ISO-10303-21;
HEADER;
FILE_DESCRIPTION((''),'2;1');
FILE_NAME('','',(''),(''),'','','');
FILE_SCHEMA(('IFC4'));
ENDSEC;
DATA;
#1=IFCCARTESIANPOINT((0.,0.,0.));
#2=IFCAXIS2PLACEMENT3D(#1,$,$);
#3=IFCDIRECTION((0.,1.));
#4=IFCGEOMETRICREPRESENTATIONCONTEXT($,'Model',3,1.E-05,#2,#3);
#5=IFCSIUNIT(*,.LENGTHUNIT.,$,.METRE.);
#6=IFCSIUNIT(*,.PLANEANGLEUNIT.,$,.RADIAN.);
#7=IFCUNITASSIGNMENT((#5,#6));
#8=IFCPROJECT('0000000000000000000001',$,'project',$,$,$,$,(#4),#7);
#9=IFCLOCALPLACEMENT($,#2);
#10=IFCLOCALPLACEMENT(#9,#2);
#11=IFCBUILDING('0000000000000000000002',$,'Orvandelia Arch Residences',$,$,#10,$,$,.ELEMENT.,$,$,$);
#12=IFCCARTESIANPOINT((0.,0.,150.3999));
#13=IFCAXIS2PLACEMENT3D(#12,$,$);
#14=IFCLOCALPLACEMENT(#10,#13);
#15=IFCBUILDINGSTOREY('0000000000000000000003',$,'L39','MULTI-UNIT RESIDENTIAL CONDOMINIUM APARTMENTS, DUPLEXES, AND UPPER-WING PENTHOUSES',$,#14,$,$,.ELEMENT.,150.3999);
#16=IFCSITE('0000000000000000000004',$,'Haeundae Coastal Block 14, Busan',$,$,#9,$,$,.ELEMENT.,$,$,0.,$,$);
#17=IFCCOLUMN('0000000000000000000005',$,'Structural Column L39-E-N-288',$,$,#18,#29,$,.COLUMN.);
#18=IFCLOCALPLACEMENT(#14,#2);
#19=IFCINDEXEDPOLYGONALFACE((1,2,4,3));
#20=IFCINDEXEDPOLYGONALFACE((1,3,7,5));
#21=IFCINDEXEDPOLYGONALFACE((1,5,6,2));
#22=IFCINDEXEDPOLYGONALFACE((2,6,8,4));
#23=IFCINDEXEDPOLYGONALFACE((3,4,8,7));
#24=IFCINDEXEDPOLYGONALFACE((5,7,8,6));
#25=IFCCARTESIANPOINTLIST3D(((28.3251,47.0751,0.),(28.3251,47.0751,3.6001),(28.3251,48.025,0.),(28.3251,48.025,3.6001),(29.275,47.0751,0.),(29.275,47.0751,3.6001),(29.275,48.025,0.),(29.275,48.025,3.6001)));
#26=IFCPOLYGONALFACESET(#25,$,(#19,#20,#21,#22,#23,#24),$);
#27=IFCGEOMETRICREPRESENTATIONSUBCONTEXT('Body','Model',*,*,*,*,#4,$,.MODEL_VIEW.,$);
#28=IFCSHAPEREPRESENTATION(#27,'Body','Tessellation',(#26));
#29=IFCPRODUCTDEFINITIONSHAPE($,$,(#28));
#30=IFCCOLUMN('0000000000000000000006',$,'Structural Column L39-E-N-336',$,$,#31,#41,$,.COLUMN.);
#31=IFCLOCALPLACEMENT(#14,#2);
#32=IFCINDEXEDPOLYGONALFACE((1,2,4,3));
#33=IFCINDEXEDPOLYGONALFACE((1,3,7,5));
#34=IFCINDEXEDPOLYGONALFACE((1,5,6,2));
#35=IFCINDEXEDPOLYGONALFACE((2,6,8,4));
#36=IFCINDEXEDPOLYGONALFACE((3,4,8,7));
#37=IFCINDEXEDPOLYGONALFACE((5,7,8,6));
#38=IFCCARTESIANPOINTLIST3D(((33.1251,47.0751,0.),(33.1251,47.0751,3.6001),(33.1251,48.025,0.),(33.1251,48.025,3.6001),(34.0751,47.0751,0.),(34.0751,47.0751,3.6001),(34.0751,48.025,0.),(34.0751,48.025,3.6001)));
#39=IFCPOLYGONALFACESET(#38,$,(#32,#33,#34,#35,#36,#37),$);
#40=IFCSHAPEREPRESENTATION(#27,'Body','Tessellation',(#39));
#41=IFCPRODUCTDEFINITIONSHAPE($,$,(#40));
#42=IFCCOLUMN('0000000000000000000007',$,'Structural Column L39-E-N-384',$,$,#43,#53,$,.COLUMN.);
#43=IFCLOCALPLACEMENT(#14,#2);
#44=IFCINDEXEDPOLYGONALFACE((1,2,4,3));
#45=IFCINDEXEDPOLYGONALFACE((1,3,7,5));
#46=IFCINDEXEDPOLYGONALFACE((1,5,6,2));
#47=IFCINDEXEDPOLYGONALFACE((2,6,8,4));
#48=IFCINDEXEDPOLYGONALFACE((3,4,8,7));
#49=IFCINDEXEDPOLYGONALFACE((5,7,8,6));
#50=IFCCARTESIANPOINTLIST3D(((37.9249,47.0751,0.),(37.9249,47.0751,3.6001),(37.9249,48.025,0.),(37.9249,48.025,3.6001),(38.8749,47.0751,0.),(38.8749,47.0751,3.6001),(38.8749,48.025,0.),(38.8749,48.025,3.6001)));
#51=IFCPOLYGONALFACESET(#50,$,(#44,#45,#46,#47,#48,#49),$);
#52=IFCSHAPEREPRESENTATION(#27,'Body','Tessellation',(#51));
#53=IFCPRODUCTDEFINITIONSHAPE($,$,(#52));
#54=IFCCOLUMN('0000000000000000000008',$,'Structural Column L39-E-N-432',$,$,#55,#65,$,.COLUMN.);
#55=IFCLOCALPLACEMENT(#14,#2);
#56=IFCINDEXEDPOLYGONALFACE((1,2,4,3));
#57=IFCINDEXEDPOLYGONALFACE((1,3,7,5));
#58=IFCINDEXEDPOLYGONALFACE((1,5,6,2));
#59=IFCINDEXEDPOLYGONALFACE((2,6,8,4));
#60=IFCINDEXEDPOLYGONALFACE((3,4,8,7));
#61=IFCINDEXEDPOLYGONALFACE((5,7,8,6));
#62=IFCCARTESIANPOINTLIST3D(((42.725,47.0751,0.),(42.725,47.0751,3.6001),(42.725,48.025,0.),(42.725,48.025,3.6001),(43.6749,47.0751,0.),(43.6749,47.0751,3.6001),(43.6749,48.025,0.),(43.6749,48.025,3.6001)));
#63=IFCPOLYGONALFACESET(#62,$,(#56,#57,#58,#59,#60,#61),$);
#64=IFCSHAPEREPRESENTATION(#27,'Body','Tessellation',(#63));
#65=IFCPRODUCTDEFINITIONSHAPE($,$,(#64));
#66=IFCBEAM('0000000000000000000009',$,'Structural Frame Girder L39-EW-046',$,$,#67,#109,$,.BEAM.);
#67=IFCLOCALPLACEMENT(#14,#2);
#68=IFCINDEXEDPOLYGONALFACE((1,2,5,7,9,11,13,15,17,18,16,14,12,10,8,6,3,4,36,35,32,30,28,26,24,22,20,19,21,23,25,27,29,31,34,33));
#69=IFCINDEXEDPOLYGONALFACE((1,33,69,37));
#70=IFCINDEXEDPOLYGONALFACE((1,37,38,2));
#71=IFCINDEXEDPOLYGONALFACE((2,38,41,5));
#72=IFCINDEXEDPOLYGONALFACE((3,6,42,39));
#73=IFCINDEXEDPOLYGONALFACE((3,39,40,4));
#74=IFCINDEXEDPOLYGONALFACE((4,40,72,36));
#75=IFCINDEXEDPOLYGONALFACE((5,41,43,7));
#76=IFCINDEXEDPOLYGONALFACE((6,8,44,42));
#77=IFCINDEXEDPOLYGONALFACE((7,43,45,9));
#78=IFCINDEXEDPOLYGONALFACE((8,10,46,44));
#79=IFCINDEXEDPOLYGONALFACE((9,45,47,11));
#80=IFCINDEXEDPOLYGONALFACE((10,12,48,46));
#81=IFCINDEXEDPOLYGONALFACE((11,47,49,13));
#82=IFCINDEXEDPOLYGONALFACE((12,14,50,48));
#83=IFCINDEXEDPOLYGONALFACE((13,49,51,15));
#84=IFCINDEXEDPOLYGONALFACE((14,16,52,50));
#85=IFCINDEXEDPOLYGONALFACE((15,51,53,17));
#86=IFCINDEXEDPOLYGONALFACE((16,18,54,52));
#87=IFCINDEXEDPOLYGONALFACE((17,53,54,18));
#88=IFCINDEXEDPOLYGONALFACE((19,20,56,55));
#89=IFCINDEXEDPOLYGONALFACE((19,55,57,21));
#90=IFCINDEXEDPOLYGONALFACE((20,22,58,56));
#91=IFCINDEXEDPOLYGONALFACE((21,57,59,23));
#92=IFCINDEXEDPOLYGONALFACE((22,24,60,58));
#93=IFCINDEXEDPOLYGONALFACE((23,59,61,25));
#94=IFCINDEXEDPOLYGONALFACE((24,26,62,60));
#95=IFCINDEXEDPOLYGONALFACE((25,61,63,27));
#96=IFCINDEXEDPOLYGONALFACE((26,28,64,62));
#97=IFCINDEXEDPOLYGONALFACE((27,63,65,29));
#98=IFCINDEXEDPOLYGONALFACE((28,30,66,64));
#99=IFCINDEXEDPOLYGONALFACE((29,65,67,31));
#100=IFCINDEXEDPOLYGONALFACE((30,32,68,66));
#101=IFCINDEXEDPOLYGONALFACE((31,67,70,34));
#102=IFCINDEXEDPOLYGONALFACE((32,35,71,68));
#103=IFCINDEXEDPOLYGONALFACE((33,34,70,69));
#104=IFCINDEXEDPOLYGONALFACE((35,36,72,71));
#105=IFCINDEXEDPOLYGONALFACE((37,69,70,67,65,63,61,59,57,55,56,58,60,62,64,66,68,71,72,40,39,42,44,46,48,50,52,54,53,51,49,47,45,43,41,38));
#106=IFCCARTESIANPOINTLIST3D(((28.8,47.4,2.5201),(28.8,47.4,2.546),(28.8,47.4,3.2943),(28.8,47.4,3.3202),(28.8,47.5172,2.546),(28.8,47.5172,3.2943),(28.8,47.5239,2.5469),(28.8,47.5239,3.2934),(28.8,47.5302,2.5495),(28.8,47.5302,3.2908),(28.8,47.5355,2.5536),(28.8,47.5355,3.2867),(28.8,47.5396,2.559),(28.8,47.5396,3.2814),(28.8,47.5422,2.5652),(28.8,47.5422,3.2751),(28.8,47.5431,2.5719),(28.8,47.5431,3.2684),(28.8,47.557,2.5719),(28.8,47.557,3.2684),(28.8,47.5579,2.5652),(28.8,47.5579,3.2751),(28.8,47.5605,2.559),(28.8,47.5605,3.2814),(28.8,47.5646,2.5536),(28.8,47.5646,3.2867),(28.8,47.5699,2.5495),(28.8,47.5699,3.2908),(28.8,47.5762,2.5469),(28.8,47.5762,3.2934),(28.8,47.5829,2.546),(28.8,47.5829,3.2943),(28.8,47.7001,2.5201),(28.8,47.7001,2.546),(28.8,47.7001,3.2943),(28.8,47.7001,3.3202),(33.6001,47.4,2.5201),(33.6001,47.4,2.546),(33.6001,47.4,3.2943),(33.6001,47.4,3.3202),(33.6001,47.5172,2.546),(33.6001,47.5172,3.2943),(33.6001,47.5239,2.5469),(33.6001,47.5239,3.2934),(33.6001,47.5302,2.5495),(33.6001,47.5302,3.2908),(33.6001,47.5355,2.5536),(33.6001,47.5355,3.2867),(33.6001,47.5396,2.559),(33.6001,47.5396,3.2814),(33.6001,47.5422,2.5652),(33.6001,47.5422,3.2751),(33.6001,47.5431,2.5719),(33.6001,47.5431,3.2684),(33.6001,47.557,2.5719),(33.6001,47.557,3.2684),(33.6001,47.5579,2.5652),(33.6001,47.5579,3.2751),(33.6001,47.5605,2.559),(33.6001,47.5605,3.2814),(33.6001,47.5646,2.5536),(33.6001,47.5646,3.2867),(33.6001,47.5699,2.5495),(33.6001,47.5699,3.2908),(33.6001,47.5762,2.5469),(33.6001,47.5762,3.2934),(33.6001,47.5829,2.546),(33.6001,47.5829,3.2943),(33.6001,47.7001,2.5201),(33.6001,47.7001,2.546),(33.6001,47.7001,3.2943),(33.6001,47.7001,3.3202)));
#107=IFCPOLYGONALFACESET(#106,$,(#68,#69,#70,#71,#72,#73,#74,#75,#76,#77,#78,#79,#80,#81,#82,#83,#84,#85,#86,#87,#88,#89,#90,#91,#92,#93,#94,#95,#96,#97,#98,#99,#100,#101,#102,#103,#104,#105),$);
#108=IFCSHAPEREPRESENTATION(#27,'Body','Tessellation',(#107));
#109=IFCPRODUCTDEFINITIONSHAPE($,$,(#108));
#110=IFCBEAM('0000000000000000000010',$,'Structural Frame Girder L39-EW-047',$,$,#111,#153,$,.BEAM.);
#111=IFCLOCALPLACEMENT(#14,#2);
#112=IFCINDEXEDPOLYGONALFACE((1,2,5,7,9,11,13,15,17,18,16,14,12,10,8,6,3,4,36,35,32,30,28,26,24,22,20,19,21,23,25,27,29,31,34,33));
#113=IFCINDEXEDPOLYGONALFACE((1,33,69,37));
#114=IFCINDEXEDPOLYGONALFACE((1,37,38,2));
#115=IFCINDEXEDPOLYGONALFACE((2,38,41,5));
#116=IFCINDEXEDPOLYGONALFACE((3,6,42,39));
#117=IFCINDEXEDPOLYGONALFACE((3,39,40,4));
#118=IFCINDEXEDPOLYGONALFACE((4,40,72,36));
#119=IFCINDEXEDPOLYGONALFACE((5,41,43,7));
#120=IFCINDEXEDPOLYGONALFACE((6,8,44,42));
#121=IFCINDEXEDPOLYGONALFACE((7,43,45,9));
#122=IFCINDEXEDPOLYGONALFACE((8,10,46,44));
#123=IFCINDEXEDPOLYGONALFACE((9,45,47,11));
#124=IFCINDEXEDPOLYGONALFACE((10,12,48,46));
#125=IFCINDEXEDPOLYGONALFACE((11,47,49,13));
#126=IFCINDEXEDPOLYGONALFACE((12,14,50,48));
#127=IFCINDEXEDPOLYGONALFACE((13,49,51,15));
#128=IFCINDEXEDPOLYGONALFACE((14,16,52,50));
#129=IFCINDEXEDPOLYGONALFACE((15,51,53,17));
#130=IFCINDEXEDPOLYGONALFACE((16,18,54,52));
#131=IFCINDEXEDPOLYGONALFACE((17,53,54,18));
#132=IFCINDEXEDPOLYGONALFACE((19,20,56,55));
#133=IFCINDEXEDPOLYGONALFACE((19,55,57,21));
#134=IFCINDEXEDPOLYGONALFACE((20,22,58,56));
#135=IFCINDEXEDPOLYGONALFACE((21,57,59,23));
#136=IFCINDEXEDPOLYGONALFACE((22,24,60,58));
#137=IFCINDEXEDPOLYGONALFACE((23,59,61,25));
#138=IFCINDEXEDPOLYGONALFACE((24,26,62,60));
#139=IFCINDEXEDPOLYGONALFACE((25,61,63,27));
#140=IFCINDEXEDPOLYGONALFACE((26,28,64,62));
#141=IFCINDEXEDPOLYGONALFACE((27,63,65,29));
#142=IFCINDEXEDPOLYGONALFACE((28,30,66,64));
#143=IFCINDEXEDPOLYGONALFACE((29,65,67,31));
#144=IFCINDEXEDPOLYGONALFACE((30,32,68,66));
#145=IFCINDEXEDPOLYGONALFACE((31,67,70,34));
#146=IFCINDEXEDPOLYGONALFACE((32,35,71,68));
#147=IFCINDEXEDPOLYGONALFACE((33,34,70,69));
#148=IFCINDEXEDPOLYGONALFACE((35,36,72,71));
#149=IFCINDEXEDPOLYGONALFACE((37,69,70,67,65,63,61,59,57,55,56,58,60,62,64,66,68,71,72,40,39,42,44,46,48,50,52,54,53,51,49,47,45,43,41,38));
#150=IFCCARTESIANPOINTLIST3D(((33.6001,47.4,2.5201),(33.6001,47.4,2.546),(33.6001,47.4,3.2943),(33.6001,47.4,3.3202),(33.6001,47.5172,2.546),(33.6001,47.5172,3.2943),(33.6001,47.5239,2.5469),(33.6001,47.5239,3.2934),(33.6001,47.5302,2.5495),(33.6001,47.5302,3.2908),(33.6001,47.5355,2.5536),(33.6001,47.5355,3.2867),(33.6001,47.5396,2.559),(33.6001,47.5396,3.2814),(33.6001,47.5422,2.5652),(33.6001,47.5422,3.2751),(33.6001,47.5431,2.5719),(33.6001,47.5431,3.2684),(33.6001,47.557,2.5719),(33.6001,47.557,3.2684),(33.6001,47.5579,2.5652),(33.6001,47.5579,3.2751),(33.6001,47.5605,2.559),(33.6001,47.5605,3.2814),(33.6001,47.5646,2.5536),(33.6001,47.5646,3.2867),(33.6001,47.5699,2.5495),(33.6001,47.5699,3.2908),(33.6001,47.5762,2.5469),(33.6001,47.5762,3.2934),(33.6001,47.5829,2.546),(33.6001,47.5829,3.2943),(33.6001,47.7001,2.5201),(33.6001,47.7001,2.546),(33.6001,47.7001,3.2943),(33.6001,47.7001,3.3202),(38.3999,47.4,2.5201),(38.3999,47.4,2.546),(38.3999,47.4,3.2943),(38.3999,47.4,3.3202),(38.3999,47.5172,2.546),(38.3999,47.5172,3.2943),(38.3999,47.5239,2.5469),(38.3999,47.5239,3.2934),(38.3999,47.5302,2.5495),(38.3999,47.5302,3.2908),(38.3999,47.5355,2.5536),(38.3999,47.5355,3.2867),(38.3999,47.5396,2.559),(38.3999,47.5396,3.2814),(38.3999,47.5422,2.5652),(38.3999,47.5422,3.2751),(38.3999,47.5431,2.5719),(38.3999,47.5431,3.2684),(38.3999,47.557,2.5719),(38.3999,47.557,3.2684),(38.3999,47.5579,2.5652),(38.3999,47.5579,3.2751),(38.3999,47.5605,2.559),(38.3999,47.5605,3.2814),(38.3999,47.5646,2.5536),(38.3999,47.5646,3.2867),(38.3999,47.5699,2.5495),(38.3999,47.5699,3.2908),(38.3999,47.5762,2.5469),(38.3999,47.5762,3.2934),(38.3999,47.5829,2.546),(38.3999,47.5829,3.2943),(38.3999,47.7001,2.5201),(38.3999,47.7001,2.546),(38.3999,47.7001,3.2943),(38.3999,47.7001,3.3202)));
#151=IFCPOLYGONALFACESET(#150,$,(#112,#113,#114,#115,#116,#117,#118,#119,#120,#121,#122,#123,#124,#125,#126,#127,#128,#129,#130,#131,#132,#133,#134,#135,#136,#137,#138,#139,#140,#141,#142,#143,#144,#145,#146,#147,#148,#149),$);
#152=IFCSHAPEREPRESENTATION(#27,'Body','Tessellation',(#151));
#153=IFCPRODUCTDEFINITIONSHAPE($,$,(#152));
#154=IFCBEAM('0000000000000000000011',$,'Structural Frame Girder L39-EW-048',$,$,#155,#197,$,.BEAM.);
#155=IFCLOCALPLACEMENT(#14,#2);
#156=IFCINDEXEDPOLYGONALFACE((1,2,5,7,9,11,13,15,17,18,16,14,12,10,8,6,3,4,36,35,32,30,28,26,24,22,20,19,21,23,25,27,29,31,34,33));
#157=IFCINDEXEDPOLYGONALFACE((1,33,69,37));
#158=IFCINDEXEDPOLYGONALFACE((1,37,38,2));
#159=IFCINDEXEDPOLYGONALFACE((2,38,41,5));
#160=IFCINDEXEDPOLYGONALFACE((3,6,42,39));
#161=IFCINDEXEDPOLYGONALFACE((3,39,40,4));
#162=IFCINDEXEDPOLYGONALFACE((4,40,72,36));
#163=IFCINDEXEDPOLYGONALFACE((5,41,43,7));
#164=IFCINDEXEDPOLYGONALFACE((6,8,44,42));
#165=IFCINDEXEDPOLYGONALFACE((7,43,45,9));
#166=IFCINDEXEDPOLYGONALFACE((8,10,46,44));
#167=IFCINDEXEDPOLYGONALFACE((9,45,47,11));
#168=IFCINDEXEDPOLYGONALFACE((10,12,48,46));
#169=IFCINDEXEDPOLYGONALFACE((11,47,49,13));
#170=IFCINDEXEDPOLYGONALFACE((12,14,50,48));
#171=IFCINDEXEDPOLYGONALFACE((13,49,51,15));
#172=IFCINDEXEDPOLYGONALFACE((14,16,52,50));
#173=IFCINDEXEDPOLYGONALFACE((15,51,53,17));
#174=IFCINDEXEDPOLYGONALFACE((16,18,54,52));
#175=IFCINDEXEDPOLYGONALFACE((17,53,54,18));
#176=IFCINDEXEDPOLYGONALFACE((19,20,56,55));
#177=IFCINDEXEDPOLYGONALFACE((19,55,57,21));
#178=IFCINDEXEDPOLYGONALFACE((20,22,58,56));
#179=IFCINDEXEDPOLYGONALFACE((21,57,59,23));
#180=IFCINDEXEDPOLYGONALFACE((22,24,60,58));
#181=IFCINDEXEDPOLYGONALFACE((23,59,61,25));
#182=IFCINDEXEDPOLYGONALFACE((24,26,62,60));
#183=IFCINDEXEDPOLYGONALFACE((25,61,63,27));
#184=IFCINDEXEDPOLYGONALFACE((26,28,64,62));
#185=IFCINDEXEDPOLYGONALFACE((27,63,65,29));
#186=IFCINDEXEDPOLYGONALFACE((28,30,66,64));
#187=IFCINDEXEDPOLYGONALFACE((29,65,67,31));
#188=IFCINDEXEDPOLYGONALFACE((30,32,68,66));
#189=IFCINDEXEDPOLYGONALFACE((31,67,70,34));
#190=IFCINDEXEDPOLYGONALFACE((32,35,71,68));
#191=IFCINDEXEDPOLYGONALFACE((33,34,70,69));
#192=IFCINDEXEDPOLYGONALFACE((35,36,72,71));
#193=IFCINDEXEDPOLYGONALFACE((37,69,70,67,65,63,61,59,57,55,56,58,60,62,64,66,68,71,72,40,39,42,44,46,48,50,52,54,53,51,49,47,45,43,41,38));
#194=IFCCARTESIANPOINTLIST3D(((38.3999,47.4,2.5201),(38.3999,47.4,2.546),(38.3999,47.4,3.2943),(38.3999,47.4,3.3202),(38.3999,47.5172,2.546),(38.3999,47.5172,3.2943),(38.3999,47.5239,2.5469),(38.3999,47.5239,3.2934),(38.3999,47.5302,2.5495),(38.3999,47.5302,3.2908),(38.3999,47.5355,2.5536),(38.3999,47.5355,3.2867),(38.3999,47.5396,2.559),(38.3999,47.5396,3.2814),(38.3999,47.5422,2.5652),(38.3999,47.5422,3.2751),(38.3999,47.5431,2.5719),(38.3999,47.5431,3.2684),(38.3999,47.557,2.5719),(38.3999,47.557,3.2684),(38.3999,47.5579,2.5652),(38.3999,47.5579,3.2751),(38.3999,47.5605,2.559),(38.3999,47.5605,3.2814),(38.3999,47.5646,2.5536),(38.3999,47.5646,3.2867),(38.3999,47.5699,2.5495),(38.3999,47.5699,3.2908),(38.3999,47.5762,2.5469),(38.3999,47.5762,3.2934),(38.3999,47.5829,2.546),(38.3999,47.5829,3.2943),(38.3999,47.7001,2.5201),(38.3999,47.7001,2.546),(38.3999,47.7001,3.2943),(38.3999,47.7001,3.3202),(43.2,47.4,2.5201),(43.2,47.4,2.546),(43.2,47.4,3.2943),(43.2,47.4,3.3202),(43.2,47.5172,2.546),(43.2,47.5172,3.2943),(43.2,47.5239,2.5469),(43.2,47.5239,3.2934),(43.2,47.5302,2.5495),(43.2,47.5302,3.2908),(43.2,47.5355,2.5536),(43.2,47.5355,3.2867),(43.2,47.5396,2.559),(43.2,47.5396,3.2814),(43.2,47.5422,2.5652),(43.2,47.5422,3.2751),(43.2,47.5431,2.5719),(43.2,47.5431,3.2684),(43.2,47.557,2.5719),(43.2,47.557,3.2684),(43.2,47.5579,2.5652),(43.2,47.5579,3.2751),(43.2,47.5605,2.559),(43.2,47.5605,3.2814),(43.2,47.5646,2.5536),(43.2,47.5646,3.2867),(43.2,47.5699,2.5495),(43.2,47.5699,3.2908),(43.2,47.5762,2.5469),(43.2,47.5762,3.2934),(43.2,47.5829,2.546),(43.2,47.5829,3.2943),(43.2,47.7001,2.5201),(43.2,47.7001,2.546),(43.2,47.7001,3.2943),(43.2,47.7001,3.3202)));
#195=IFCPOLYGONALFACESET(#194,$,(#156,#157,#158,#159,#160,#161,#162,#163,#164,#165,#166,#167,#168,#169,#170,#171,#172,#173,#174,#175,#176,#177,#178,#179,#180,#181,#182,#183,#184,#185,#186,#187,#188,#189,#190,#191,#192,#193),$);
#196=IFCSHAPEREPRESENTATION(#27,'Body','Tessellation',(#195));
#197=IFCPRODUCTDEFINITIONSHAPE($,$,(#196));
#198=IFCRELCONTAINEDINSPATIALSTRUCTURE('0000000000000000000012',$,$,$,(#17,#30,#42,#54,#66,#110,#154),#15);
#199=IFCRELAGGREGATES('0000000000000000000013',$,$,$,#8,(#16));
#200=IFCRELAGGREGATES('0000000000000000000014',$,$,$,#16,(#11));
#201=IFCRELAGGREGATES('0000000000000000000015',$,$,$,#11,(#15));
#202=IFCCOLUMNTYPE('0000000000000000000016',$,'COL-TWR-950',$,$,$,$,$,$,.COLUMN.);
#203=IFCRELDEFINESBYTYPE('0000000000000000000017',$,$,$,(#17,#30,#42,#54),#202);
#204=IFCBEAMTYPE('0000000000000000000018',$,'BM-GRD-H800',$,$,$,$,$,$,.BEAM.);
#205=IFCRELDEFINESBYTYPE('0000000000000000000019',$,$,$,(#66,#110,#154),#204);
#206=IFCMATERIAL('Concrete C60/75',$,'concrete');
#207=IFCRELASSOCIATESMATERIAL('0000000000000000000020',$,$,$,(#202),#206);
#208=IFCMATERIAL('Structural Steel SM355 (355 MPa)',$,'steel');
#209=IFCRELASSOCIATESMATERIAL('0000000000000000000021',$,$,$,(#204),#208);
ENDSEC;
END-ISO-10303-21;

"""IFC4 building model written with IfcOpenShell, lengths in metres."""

from ifc_helpers import new_model, si_unit, direction, frame, origin, origin_2d, place, context, subcontext, project, spatial, rectangle, i_section, extrude, material, material_profile, profile_set, type_object, element, save


model = new_model("IFC4")

# Units and contexts
model_context = context("Model", 3, precision=1e-05, world=origin(), true_north=direction((0.0, 1.0)))
body_context = subcontext(model_context, "Body", "Model", "MODEL_VIEW")
ifc_project = project(units=[si_unit("LENGTHUNIT", "METRE"), si_unit("PLANEANGLEUNIT", "RADIAN")], contexts=[model_context])

# Site, building, storey
site_placement = place(None, origin())
site = spatial("IfcSite", under=ifc_project, at=site_placement, Name="Haeundae Coastal Block 14, Busan", CompositionType="ELEMENT", RefElevation=0.0)
building_placement = place(site_placement, origin())
building = spatial("IfcBuilding", under=site, at=building_placement, Name="Orvandelia Arch Residences", CompositionType="ELEMENT")
storey_placement = place(building_placement, frame((0.0, 0.0, 150.3999)))
storey = spatial("IfcBuildingStorey", under=building, at=storey_placement, Name="L39", Description="MULTI-UNIT RESIDENTIAL CONDOMINIUM APARTMENTS, DUPLEXES, AND UPPER-WING PENTHOUSES", CompositionType="ELEMENT", Elevation=150.3999)

# Columns
ifc_material_1 = material(Name="Concrete C60/75", Category="concrete")
ifc_material_profile_1 = material_profile(ifc_material_1, rectangle(XDim=0.95, YDim=0.95, at=origin_2d()), Name="Concrete C60/75", Category="concrete")
ifc_profile_set_1 = profile_set([ifc_material_profile_1], Name="Concrete C60/75")
column_type = type_object("IfcColumnType", Name="COL-TWR-950", PredefinedType="COLUMN", material=ifc_profile_set_1)
for number, where, z_axis, x_axis, name in (
    (1, (28.8, 47.55, 0.0), (0.0, 0.0, 1.0), (1.0, 0.0, 0.0), "Structural Column L39-E-N-288"),
    (2, (33.6001, 47.55, 0.0), (0.0, 0.0, 1.0), (1.0, 0.0, 0.0), "Structural Column L39-E-N-336"),
    (3, (38.3999, 47.55, 0.0), (0.0, 0.0, 1.0), (1.0, 0.0, 0.0), "Structural Column L39-E-N-384"),
    (4, (43.2, 47.55, 0.0), (0.0, 0.0, 1.0), (1.0, 0.0, 0.0), "Structural Column L39-E-N-432"),
):
    element("IfcColumn", number, at=place(storey_placement, frame(where, z_axis=z_axis, x_axis=x_axis)), inside=storey, type_object=column_type, Name=name, PredefinedType="COLUMN", context=body_context, shape_type="SweptSolid", body=[
        extrude(rectangle(XDim=0.95, YDim=0.95, at=origin_2d()), origin(), (0.0, 0.0, 1.0), 3.6001),
    ])

# Beams
ifc_material_2 = material(Name="Structural Steel SM355 (355 MPa)", Category="steel")
ifc_material_profile_2 = material_profile(ifc_material_2, i_section(OverallWidth=0.3, OverallDepth=0.8, WebThickness=0.0139, FlangeThickness=0.0259, FilletRadius=0.0259, at=origin_2d()), Name="Structural Steel SM355 (355 MPa)", Category="steel")
ifc_profile_set_2 = profile_set([ifc_material_profile_2], Name="Structural Steel SM355 (355 MPa)")
beam_type = type_object("IfcBeamType", Name="BM-GRD-H800", PredefinedType="BEAM", material=ifc_profile_set_2)
beam_1_placement = place(storey_placement, frame((28.8, 47.55, 2.9202), z_axis=(1.0, 0.0, 0.0), x_axis=(0.0, 1.0, 0.0)))
element("IfcBeam", 5, at=beam_1_placement, inside=storey, type_object=beam_type, Name="Structural Frame Girder L39-EW-046", PredefinedType="BEAM", context=body_context, shape_type="SweptSolid", body=[
    extrude(i_section(OverallWidth=0.3, OverallDepth=0.8, WebThickness=0.0139, FlangeThickness=0.0259, FilletRadius=0.0259, at=origin_2d()), origin(), (0.0, 0.0, 1.0), 4.8),
])
beam_2_placement = place(storey_placement, frame((33.6001, 47.55, 2.9202), z_axis=(1.0, 0.0, 0.0), x_axis=(0.0, 1.0, 0.0)))
element("IfcBeam", 6, at=beam_2_placement, inside=storey, type_object=beam_type, Name="Structural Frame Girder L39-EW-047", PredefinedType="BEAM", context=body_context, shape_type="SweptSolid", body=[
    extrude(i_section(OverallWidth=0.3, OverallDepth=0.8, WebThickness=0.0139, FlangeThickness=0.0259, FilletRadius=0.0259, at=origin_2d()), origin(), (0.0, 0.0, 1.0), 4.7998),
])
for number, where, z_axis, x_axis, name in (
    (7, (38.3999, 47.55, 2.9202), (1.0, 0.0, 0.0), (0.0, 1.0, 0.0), "Structural Frame Girder L39-EW-048"),
):
    element("IfcBeam", number, at=place(storey_placement, frame(where, z_axis=z_axis, x_axis=x_axis)), inside=storey, type_object=beam_type, Name=name, PredefinedType="BEAM", context=body_context, shape_type="SweptSolid", body=[
        extrude(i_section(OverallWidth=0.3, OverallDepth=0.8, WebThickness=0.0139, FlangeThickness=0.0259, FilletRadius=0.0259, at=origin_2d()), origin(), (0.0, 0.0, 1.0), 4.8),
    ])

save(model, "model.ifc")
